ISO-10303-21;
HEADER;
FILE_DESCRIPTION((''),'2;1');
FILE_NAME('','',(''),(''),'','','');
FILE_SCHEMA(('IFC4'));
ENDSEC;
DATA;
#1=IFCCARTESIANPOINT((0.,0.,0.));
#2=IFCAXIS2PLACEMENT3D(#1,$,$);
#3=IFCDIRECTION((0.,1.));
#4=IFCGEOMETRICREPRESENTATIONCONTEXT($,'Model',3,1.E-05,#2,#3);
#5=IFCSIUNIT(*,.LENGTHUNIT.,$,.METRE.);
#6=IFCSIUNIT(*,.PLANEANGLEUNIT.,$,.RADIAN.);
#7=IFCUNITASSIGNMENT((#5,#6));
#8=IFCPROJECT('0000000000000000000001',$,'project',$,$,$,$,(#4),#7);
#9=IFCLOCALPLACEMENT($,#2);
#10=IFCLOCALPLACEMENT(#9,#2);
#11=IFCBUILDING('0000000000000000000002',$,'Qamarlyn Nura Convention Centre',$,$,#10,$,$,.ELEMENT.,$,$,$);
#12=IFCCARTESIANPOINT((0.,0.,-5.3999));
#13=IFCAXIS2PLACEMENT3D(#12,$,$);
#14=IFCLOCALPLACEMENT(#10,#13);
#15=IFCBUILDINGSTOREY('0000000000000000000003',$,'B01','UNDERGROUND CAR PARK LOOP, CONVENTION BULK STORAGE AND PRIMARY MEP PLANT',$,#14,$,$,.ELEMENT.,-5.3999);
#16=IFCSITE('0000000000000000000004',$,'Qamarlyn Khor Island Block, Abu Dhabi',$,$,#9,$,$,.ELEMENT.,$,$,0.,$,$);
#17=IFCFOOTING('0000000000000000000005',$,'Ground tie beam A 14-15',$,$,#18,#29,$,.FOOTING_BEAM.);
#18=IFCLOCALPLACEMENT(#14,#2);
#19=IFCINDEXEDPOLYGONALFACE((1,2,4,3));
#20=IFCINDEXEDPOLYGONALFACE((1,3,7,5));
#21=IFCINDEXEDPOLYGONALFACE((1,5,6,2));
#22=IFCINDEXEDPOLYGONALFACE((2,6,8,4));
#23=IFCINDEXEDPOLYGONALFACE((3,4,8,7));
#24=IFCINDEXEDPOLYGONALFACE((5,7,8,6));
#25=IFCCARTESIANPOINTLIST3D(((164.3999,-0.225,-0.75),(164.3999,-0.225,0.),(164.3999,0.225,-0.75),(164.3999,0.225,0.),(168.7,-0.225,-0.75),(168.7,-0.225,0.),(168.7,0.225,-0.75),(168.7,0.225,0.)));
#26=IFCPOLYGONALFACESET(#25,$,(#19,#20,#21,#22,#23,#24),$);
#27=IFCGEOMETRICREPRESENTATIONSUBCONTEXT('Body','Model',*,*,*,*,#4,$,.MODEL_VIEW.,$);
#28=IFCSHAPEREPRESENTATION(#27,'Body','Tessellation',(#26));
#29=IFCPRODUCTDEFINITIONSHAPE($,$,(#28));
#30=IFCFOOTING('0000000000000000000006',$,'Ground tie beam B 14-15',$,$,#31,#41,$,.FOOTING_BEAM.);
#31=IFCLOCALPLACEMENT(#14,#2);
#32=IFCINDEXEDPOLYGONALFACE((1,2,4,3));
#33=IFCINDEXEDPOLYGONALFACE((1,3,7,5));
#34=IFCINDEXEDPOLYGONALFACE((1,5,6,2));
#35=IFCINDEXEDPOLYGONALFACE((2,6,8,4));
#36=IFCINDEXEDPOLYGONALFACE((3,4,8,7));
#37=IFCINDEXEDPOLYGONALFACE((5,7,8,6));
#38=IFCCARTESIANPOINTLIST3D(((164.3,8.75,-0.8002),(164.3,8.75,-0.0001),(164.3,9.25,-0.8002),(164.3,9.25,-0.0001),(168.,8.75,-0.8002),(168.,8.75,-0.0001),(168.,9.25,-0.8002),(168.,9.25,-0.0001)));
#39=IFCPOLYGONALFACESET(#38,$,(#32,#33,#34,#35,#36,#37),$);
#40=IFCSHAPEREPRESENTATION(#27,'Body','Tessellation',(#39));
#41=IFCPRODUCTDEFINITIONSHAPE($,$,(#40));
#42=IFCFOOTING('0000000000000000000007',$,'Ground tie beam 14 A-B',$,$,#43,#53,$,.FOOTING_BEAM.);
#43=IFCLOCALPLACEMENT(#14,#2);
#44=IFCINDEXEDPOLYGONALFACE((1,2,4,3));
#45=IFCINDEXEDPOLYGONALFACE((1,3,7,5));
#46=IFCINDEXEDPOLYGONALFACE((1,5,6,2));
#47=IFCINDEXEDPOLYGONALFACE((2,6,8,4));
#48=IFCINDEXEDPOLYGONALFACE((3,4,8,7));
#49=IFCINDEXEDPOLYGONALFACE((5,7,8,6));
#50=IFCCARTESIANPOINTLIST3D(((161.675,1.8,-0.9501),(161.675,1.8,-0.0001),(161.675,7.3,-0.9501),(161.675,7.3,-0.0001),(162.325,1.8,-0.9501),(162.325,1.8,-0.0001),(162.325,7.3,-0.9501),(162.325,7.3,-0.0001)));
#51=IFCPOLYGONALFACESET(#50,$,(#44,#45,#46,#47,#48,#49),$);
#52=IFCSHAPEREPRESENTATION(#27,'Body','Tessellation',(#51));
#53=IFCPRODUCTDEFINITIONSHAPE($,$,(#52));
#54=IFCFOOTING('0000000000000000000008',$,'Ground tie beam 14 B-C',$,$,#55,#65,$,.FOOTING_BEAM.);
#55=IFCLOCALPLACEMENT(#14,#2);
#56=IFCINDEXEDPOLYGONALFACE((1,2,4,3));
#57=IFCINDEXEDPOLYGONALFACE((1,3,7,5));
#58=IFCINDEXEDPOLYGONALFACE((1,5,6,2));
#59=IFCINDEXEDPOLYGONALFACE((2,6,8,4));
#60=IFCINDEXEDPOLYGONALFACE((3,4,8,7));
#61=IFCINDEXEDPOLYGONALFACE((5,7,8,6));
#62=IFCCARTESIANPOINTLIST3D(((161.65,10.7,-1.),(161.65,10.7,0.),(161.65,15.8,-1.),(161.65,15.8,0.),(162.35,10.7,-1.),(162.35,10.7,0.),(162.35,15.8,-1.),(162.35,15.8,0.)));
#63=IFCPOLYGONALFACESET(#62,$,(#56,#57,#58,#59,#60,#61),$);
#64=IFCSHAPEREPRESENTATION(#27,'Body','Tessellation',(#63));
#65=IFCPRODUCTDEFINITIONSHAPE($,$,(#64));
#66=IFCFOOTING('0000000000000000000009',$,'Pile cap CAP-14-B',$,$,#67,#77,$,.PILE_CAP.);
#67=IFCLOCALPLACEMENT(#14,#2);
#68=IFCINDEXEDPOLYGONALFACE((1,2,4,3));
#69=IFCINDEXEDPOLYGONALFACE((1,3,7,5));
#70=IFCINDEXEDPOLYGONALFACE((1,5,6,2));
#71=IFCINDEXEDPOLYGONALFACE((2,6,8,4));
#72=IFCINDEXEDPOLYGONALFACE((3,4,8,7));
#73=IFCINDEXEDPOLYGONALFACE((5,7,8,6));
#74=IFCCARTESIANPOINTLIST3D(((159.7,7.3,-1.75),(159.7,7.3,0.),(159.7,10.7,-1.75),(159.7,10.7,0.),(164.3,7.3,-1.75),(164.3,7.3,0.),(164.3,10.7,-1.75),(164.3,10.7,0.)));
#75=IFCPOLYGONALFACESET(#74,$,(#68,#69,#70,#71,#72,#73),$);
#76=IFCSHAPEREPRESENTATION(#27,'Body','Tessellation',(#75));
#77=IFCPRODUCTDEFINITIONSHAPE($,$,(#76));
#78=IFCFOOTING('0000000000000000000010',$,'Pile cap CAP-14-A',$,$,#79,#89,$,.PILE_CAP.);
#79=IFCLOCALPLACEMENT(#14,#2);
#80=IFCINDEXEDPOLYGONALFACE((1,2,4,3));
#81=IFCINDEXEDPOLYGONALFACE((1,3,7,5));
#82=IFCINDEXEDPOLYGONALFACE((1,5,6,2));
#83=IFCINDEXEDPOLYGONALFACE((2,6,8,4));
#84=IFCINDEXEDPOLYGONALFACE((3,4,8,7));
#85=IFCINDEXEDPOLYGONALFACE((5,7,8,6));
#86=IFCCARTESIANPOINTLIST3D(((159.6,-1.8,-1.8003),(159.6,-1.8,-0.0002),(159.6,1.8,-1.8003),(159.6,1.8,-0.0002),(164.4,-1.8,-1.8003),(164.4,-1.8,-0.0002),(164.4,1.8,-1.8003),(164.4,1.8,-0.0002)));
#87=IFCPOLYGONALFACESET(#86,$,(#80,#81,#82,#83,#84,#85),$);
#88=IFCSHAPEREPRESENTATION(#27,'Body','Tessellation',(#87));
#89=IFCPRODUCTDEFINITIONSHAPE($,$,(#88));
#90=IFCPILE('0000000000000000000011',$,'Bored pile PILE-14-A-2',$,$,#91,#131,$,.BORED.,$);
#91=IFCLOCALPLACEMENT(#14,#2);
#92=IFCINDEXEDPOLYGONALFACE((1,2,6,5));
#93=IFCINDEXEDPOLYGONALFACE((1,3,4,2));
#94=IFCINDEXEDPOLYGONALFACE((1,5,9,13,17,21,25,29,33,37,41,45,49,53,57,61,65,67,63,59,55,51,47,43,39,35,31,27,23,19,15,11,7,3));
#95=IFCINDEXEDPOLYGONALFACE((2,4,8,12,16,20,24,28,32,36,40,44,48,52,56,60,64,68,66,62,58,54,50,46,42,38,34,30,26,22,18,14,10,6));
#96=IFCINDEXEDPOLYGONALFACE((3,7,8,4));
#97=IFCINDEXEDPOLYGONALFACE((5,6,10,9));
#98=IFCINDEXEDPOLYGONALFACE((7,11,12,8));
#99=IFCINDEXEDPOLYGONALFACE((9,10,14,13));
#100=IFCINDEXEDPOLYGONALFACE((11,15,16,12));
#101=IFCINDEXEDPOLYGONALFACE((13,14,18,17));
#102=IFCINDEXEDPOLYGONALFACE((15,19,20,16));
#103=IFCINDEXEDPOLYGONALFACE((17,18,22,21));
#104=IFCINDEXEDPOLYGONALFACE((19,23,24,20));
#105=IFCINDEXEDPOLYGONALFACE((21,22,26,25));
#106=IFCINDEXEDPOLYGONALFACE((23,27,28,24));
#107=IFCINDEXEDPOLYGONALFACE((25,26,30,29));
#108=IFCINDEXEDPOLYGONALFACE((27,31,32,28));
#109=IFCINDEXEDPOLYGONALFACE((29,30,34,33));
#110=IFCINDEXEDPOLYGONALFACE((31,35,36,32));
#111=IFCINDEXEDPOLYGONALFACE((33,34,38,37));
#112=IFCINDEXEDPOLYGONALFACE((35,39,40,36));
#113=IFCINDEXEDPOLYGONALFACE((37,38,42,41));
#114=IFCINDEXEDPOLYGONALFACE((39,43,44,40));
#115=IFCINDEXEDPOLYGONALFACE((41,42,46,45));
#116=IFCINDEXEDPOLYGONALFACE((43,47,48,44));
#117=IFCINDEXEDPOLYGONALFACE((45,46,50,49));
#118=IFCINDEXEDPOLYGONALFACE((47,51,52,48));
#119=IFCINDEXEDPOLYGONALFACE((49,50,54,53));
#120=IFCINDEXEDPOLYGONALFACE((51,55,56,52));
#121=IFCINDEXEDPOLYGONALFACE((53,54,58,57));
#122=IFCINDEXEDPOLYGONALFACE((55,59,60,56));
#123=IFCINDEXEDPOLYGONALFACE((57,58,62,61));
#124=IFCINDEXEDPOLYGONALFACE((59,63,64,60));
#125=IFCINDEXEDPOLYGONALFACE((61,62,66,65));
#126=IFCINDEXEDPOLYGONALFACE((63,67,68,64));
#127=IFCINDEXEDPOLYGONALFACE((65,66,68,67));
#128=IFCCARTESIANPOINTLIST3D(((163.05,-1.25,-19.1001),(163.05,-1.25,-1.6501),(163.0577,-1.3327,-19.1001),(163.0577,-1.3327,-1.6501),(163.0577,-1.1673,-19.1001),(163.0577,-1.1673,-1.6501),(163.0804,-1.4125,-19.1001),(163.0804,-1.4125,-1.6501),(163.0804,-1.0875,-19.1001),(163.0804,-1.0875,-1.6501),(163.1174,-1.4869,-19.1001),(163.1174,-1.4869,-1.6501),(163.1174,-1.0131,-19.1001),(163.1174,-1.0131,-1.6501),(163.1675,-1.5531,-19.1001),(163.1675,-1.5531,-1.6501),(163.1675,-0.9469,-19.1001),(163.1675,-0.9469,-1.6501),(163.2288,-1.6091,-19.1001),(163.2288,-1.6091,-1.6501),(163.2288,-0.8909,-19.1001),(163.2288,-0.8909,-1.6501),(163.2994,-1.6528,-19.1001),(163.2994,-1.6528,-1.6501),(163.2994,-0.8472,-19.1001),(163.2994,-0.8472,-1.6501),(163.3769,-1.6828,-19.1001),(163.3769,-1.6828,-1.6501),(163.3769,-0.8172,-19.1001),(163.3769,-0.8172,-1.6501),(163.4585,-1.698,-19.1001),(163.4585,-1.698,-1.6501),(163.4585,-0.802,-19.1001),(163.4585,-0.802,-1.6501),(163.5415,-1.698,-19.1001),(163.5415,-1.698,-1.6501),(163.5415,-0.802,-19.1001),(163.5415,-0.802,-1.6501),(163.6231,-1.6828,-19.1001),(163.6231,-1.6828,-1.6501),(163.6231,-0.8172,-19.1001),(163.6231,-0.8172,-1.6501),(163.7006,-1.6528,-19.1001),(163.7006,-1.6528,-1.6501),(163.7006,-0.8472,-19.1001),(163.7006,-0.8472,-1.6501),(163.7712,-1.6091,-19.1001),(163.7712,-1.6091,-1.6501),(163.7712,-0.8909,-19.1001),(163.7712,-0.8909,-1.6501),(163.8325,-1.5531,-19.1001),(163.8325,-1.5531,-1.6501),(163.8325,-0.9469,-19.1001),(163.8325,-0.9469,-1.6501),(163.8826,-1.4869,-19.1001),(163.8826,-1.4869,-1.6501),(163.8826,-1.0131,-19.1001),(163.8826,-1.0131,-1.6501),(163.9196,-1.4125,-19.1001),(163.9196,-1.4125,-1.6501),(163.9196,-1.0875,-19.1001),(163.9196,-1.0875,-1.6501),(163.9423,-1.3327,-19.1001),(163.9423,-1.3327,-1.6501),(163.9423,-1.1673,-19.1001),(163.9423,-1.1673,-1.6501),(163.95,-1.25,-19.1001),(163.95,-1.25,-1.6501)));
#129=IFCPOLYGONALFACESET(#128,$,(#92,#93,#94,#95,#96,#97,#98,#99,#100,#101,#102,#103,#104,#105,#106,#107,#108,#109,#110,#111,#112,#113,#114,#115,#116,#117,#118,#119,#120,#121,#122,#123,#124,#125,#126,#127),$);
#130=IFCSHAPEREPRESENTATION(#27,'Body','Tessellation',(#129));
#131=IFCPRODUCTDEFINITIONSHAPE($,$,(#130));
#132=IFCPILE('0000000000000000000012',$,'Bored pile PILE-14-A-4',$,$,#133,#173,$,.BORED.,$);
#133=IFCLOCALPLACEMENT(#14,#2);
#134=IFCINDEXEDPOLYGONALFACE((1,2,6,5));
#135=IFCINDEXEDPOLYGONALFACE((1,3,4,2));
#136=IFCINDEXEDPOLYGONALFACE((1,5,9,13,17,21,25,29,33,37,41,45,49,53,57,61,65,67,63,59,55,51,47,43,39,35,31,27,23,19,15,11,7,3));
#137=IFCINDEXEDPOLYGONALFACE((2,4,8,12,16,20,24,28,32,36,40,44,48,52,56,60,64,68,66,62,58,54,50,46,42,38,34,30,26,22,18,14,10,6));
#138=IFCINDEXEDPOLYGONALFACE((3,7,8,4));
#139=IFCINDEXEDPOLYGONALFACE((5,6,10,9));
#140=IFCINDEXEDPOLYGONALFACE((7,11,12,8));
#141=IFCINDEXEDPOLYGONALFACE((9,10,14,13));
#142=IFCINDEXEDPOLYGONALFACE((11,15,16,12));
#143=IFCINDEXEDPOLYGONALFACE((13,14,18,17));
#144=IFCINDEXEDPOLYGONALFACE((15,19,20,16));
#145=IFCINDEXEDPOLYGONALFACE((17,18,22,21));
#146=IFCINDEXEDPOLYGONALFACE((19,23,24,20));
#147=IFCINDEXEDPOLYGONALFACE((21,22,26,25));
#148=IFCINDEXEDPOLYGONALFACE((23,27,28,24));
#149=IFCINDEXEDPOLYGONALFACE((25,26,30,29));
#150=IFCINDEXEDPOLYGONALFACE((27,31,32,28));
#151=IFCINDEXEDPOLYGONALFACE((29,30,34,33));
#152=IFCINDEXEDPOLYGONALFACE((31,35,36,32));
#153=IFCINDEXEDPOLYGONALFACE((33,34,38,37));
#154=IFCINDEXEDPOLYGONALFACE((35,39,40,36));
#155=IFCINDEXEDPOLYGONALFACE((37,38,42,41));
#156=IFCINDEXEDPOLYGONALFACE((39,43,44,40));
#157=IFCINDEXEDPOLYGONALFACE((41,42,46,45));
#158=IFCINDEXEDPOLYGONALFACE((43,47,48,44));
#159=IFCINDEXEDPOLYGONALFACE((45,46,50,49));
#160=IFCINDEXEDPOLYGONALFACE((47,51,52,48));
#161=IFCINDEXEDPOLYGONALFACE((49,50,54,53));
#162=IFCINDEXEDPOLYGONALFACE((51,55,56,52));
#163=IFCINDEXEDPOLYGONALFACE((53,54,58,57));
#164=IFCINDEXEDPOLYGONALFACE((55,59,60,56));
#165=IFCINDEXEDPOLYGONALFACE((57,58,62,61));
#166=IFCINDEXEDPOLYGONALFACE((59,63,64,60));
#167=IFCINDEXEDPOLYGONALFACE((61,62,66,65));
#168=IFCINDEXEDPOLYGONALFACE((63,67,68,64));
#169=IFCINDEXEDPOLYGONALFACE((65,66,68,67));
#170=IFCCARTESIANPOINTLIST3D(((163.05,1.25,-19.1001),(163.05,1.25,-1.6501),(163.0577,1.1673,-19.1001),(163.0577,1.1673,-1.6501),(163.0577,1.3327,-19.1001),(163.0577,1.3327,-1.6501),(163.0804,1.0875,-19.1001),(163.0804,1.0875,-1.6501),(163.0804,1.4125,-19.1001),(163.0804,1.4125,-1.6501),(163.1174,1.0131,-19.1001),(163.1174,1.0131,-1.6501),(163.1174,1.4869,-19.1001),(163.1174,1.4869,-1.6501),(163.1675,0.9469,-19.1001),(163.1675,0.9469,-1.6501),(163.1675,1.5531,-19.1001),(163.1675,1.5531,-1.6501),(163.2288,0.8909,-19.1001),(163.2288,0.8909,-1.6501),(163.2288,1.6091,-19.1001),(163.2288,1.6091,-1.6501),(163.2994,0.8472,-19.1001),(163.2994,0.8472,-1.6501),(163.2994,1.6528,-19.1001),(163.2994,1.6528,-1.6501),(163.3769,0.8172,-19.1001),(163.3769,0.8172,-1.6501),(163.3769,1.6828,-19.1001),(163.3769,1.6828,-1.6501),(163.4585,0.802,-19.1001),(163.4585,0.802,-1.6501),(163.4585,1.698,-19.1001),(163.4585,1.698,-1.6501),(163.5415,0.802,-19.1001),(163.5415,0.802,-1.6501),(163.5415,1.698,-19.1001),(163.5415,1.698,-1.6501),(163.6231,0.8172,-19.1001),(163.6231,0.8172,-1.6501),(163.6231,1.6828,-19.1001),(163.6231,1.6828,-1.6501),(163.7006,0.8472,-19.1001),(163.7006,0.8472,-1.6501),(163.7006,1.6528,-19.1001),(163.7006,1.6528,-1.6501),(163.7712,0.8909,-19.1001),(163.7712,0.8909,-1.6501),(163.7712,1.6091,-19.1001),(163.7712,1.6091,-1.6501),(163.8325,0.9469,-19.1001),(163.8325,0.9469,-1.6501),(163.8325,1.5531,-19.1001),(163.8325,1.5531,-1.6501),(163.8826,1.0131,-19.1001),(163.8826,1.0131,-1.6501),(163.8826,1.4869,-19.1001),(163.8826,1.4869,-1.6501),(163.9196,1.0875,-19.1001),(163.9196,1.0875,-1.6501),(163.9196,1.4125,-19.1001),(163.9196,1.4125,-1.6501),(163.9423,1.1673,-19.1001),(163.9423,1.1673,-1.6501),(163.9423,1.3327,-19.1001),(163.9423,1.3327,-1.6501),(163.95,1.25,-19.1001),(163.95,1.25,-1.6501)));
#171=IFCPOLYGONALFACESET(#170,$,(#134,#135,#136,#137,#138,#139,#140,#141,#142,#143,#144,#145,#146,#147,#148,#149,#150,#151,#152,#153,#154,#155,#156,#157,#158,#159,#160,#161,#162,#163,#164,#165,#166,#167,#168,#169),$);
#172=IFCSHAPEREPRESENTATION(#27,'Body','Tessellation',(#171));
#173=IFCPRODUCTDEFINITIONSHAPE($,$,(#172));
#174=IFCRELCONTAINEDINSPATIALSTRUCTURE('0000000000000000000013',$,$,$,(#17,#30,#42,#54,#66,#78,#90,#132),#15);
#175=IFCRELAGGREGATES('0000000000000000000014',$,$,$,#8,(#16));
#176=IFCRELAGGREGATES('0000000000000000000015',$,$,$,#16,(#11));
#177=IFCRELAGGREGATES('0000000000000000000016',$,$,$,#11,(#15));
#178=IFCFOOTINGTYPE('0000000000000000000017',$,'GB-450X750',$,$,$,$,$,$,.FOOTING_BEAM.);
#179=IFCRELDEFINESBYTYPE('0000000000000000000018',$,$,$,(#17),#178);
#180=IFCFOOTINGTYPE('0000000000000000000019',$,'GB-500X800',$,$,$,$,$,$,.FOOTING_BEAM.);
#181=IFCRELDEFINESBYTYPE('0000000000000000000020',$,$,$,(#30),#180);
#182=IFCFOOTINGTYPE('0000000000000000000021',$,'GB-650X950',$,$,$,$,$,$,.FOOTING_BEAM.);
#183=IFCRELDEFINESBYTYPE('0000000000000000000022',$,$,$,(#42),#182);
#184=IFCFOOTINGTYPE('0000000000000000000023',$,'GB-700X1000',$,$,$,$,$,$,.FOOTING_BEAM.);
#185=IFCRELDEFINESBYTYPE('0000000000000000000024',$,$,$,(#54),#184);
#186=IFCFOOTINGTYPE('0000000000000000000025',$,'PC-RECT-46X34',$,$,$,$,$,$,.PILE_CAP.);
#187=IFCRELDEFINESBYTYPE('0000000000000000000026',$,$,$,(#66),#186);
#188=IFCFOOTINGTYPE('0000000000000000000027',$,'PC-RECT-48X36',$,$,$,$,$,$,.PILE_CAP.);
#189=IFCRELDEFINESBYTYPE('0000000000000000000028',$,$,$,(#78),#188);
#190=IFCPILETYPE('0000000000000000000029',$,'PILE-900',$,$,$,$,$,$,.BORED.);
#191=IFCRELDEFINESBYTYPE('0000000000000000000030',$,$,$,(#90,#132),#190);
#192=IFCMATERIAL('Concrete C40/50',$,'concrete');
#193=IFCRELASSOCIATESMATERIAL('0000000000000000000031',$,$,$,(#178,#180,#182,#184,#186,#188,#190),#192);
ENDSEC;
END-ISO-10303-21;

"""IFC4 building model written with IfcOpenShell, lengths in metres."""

from ifc_helpers import new_model, si_unit, direction, frame, origin, origin_2d, place, context, subcontext, project, spatial, rectangle, circle, extrude, material, material_profile, profile_set, type_object, element, save


model = new_model("IFC4")

# Units and contexts
model_context = context("Model", 3, precision=1e-05, world=origin(), true_north=direction((0.0, 1.0)))
body_context = subcontext(model_context, "Body", "Model", "MODEL_VIEW")
ifc_project = project(units=[si_unit("LENGTHUNIT", "METRE"), si_unit("PLANEANGLEUNIT", "RADIAN")], contexts=[model_context])

# Site, building, storey
site_placement = place(None, origin())
site = spatial("IfcSite", under=ifc_project, at=site_placement, Name="Qamarlyn Khor Island Block, Abu Dhabi", CompositionType="ELEMENT", RefElevation=0.0)
building_placement = place(site_placement, origin())
building = spatial("IfcBuilding", under=site, at=building_placement, Name="Qamarlyn Nura Convention Centre", CompositionType="ELEMENT")
storey_placement = place(building_placement, frame((0.0, 0.0, -5.3999)))
storey = spatial("IfcBuildingStorey", under=building, at=storey_placement, Name="B01", Description="UNDERGROUND CAR PARK LOOP, CONVENTION BULK STORAGE AND PRIMARY MEP PLANT", CompositionType="ELEMENT", Elevation=-5.3999)

# Footings
ifc_material_1 = material(Name="Concrete C40/50", Category="concrete")
ifc_material_profile_1 = material_profile(ifc_material_1, rectangle(XDim=0.45, YDim=0.75, at=origin_2d()), Name="RC GB 450x750")
ifc_profile_set_1 = profile_set([ifc_material_profile_1], Name="Concrete C40/50")
footing_type_1 = type_object("IfcFootingType", Name="GB-450X750", PredefinedType="FOOTING_BEAM", material=ifc_profile_set_1)
footing_1_placement = place(storey_placement, frame((164.3999, 0.0, -0.375), z_axis=(1.0, 0.0, 0.0), x_axis=(0.0, 1.0, 0.0)))
element("IfcFooting", 1, at=footing_1_placement, inside=storey, type_object=footing_type_1, Name="Ground tie beam A 14-15", PredefinedType="FOOTING_BEAM", context=body_context, shape_type="SweptSolid", body=[
    extrude(rectangle(XDim=0.45, YDim=0.75, at=origin_2d()), origin(), (0.0, 0.0, 1.0), 4.3),
])
ifc_material_profile_2 = material_profile(ifc_material_1, rectangle(XDim=0.5, YDim=0.8, at=origin_2d()), Name="RC GB 500x800")
ifc_profile_set_2 = profile_set([ifc_material_profile_2], Name="Concrete C40/50")
footing_type_2 = type_object("IfcFootingType", Name="GB-500X800", PredefinedType="FOOTING_BEAM", material=ifc_profile_set_2)
footing_2_placement = place(storey_placement, frame((164.3, 9.0, -0.4001), z_axis=(1.0, 0.0, 0.0), x_axis=(0.0, 1.0, 0.0)))
element("IfcFooting", 2, at=footing_2_placement, inside=storey, type_object=footing_type_2, Name="Ground tie beam B 14-15", PredefinedType="FOOTING_BEAM", context=body_context, shape_type="SweptSolid", body=[
    extrude(rectangle(XDim=0.5, YDim=0.8, at=origin_2d()), origin(), (0.0, 0.0, 1.0), 3.7),
])
ifc_material_profile_3 = material_profile(ifc_material_1, rectangle(XDim=0.6499, YDim=0.95, at=origin_2d()), Name="RC GB 650x950")
ifc_profile_set_3 = profile_set([ifc_material_profile_3], Name="Concrete C40/50")
footing_type_3 = type_object("IfcFootingType", Name="GB-650X950", PredefinedType="FOOTING_BEAM", material=ifc_profile_set_3)
footing_3_placement = place(storey_placement, frame((162.0, 1.8, -0.4751), z_axis=(0.0, 1.0, 0.0), x_axis=(-1.0, 0.0, 0.0)))
element("IfcFooting", 3, at=footing_3_placement, inside=storey, type_object=footing_type_3, Name="Ground tie beam 14 A-B", PredefinedType="FOOTING_BEAM", context=body_context, shape_type="SweptSolid", body=[
    extrude(rectangle(XDim=0.6499, YDim=0.95, at=origin_2d()), origin(), (0.0, 0.0, 1.0), 5.5),
])
ifc_material_profile_4 = material_profile(ifc_material_1, rectangle(XDim=0.7, YDim=1.0, at=origin_2d()), Name="RC GB 700x1000")
ifc_profile_set_4 = profile_set([ifc_material_profile_4], Name="Concrete C40/50")
footing_type_4 = type_object("IfcFootingType", Name="GB-700X1000", PredefinedType="FOOTING_BEAM", material=ifc_profile_set_4)
footing_4_placement = place(storey_placement, frame((162.0, 10.7, -0.5), z_axis=(0.0, 1.0, 0.0), x_axis=(-1.0, 0.0, 0.0)))
element("IfcFooting", 4, at=footing_4_placement, inside=storey, type_object=footing_type_4, Name="Ground tie beam 14 B-C", PredefinedType="FOOTING_BEAM", context=body_context, shape_type="SweptSolid", body=[
    extrude(rectangle(XDim=0.7, YDim=1.0, at=origin_2d()), origin(), (0.0, 0.0, 1.0), 5.1001),
])
footing_type_5 = type_object("IfcFootingType", Name="PC-RECT-46X34", PredefinedType="PILE_CAP", material=ifc_material_1)
footing_5_placement = place(storey_placement, frame((162.0, 9.0, -1.75), z_axis=(0.0, 0.0, 1.0), x_axis=(1.0, 0.0, 0.0)))
element("IfcFooting", 5, at=footing_5_placement, inside=storey, type_object=footing_type_5, Name="Pile cap CAP-14-B", PredefinedType="PILE_CAP", context=body_context, shape_type="SweptSolid", body=[
    extrude(rectangle(XDim=4.6001, YDim=3.3999, at=origin_2d()), origin(), (0.0, 0.0, 1.0), 1.75),
])
footing_type_6 = type_object("IfcFootingType", Name="PC-RECT-48X36", PredefinedType="PILE_CAP", material=ifc_material_1)
footing_6_placement = place(storey_placement, frame((162.0, 0.0, -1.8003), z_axis=(0.0, 0.0, 1.0), x_axis=(1.0, 0.0, 0.0)))
element("IfcFooting", 6, at=footing_6_placement, inside=storey, type_object=footing_type_6, Name="Pile cap CAP-14-A", PredefinedType="PILE_CAP", context=body_context, shape_type="SweptSolid", body=[
    extrude(rectangle(XDim=4.8, YDim=3.6001, at=origin_2d()), origin(), (0.0, 0.0, 1.0), 1.8),
])

# Piles
ifc_material_profile_5 = material_profile(ifc_material_1, circle(Radius=0.45, at=origin_2d()), Name="BORED PILE 900")
ifc_profile_set_5 = profile_set([ifc_material_profile_5], Name="Concrete C40/50")
pile_type = type_object("IfcPileType", Name="PILE-900", PredefinedType="BORED", material=ifc_profile_set_5)
for number, where, z_axis, x_axis, name in (
    (7, (163.5, -1.25, -1.6501), (0.0, 0.0, -1.0), (1.0, 0.0, 0.0), "Bored pile PILE-14-A-2"),
    (8, (163.5, 1.25, -1.6501), (0.0, 0.0, -1.0), (1.0, 0.0, 0.0), "Bored pile PILE-14-A-4"),
):
    element("IfcPile", number, at=place(storey_placement, frame(where, z_axis=z_axis, x_axis=x_axis)), inside=storey, type_object=pile_type, Name=name, PredefinedType="BORED", context=body_context, shape_type="SweptSolid", body=[
        extrude(circle(Radius=0.45, at=origin_2d()), origin(), (0.0, 0.0, 1.0), 17.45),
    ])

save(model, "model.ifc")
